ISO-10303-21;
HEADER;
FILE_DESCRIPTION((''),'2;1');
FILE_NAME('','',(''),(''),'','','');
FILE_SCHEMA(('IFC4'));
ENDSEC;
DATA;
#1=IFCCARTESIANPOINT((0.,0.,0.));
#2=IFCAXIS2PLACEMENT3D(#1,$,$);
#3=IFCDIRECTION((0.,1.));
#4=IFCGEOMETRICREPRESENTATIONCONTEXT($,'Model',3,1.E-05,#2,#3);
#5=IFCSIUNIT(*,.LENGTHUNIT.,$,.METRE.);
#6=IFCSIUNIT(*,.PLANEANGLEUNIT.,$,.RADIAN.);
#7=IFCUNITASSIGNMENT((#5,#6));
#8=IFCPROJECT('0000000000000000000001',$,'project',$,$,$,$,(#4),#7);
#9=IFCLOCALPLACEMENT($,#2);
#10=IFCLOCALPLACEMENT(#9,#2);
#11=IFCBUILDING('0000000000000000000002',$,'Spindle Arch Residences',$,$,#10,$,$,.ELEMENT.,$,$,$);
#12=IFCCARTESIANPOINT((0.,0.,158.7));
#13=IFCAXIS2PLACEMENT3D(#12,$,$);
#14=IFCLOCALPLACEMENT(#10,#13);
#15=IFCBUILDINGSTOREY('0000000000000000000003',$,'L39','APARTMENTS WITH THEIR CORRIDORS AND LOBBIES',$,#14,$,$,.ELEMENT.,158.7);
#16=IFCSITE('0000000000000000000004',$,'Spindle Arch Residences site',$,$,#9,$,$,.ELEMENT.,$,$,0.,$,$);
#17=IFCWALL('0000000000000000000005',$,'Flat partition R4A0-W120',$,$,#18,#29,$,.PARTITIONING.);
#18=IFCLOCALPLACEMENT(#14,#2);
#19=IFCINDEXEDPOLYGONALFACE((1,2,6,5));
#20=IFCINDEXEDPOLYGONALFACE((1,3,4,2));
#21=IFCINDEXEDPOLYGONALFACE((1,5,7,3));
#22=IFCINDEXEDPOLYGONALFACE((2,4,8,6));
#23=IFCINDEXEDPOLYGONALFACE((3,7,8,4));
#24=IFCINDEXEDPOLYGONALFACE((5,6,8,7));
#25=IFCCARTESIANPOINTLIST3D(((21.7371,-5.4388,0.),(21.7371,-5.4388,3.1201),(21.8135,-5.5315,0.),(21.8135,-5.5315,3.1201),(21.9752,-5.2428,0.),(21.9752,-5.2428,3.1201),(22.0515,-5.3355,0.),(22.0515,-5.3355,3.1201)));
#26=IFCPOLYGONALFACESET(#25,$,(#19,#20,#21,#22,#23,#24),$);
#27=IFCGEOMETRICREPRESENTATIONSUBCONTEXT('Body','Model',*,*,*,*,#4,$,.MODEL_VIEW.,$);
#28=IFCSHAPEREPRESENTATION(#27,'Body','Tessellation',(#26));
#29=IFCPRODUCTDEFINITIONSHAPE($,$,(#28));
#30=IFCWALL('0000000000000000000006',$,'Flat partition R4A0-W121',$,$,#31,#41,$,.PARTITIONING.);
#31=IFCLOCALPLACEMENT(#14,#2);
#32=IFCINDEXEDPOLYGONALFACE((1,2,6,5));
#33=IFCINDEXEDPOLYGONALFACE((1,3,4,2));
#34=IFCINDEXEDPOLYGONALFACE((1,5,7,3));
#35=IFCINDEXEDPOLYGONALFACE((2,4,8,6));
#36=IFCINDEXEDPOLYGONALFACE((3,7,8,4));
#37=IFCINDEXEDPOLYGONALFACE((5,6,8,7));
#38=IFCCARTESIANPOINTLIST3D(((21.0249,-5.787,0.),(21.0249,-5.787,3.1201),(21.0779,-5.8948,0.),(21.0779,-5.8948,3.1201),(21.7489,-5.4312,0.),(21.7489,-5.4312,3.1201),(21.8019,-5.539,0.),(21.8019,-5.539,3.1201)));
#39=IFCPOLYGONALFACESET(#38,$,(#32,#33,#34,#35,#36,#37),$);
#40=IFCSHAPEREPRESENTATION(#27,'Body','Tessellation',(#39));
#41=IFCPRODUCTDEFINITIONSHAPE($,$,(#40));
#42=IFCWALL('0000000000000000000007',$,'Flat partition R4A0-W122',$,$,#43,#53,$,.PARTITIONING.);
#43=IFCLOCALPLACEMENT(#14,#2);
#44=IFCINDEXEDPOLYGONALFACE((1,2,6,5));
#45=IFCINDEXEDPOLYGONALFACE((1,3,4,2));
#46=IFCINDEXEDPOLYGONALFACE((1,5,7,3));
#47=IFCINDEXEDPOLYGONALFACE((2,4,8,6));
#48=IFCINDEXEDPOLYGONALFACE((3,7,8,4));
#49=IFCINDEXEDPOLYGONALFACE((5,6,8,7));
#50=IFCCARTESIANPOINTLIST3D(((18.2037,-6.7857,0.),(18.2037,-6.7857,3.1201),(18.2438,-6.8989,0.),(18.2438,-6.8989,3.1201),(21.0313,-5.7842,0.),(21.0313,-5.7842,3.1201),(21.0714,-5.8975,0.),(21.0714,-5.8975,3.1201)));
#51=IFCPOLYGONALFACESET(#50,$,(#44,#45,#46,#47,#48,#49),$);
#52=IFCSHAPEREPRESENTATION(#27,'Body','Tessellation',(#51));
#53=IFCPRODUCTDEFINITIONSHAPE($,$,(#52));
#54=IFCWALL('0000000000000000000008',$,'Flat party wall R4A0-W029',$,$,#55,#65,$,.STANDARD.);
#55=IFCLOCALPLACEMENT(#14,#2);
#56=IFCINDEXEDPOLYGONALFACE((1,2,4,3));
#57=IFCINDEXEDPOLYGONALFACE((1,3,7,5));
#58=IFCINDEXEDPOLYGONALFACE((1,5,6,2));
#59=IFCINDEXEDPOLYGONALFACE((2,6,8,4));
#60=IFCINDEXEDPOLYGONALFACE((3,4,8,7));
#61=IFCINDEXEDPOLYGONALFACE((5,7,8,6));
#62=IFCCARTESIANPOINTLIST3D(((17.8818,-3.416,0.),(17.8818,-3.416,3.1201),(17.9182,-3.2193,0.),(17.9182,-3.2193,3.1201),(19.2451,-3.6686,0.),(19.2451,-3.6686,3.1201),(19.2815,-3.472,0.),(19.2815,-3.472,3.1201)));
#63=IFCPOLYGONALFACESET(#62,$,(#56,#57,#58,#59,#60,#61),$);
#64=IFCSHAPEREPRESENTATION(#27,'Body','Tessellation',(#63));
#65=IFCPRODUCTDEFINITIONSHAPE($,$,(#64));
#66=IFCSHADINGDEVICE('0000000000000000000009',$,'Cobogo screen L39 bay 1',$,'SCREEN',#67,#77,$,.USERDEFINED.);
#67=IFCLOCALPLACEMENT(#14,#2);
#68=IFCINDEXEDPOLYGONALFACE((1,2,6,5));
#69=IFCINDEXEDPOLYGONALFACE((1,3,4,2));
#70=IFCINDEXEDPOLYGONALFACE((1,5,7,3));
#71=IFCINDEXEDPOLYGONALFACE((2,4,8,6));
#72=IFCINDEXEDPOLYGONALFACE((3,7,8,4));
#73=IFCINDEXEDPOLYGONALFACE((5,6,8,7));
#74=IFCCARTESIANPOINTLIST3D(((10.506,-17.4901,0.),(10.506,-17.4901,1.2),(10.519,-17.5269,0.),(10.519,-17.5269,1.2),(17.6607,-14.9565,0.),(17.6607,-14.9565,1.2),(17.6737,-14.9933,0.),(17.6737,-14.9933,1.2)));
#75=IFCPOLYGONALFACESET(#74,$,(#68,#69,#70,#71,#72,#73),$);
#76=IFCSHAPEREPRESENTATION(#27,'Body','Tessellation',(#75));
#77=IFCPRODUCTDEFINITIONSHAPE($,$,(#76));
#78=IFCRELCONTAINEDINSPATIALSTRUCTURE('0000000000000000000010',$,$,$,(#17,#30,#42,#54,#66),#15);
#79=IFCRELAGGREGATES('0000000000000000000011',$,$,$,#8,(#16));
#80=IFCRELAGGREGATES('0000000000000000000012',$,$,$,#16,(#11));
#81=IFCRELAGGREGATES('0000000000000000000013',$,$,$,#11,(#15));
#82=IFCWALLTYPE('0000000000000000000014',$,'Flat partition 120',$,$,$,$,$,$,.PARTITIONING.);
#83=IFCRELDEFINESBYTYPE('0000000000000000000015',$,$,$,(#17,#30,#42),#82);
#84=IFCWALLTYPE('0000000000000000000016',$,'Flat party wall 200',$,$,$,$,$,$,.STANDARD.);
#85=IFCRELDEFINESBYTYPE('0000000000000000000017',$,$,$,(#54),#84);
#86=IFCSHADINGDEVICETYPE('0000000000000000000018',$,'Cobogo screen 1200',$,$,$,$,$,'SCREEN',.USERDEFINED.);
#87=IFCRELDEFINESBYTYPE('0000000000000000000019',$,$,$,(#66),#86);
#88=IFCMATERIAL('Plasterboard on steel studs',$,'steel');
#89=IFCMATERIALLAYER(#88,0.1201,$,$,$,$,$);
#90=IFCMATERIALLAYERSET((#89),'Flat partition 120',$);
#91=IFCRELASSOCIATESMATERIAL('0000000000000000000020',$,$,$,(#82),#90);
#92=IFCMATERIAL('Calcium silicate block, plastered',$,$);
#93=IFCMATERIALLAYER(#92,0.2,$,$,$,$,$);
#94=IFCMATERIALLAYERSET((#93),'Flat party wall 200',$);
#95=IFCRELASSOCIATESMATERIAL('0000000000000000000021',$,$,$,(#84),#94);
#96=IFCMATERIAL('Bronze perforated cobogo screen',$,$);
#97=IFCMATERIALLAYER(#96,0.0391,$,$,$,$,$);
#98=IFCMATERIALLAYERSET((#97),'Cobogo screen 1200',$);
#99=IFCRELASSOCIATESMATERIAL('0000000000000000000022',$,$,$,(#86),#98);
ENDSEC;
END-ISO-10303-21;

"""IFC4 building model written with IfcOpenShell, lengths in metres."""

from ifc_helpers import new_model, si_unit, direction, frame, frame_2d, origin, origin_2d, place, context, subcontext, project, spatial, rectangle, extrude, material, layer, layer_set, type_object, element, save


model = new_model("IFC4")

# Units and contexts
model_context = context("Model", 3, precision=1e-05, world=origin(), true_north=direction((0.0, 1.0)))
body_context = subcontext(model_context, "Body", "Model", "MODEL_VIEW")
ifc_project = project(units=[si_unit("LENGTHUNIT", "METRE"), si_unit("PLANEANGLEUNIT", "RADIAN")], contexts=[model_context])

# Site, building, storey
site_placement = place(None, origin())
site = spatial("IfcSite", under=ifc_project, at=site_placement, Name="Spindle Arch Residences site", CompositionType="ELEMENT", RefElevation=0.0)
building_placement = place(site_placement, origin())
building = spatial("IfcBuilding", under=site, at=building_placement, Name="Spindle Arch Residences", CompositionType="ELEMENT")
storey_placement = place(building_placement, frame((0.0, 0.0, 158.7)))
storey = spatial("IfcBuildingStorey", under=building, at=storey_placement, Name="L39", Description="APARTMENTS WITH THEIR CORRIDORS AND LOBBIES", CompositionType="ELEMENT", Elevation=158.7)

# Shared definitions
ifc_material_1 = material(Name="Plasterboard on steel studs", Category="steel")
ifc_layer_1 = layer(ifc_material_1, 0.1201)
ifc_layer_set_1 = layer_set([ifc_layer_1], Name="Flat partition 120")
wall_type_1 = type_object("IfcWallType", Name="Flat partition 120", PredefinedType="PARTITIONING", material=ifc_layer_set_1)

# Walls
wall_1_placement = place(storey_placement, frame((22.0134, -5.2891, 0.0), z_axis=(0.0, 0.0, 1.0), x_axis=(-0.771907, -0.635735, 0.0)))
element("IfcWall", 1, at=wall_1_placement, inside=storey, type_object=wall_type_1, Name="Flat partition R4A0-W120", PredefinedType="PARTITIONING", context=body_context, shape_type="SweptSolid", body=[
    extrude(rectangle(XDim=0.3083, YDim=0.1201, at=frame_2d((0.1543, 0.0))), origin(), (0.0, 0.0, 1.0), 3.1201),
])
wall_2_placement = place(storey_placement, frame((21.7754, -5.4851, 0.0), z_axis=(0.0, 0.0, 1.0), x_axis=(-0.897493, -0.441028, 0.0)))
element("IfcWall", 2, at=wall_2_placement, inside=storey, type_object=wall_type_1, Name="Flat partition R4A0-W121", PredefinedType="PARTITIONING", context=body_context, shape_type="SweptSolid", body=[
    extrude(rectangle(XDim=0.8066, YDim=0.1201, at=frame_2d((0.4033, 0.0))), origin(), (0.0, 0.0, 1.0), 3.1201),
])
wall_3_placement = place(storey_placement, frame((21.0515, -5.8408, 0.0), z_axis=(0.0, 0.0, 1.0), x_axis=(-0.942626, -0.33385, 0.0)))
element("IfcWall", 3, at=wall_3_placement, inside=storey, type_object=wall_type_1, Name="Flat partition R4A0-W122", PredefinedType="PARTITIONING", context=body_context, shape_type="SweptSolid", body=[
    extrude(rectangle(XDim=2.9998, YDim=0.1201, at=frame_2d((1.5, 0.0))), origin(), (0.0, 0.0, 1.0), 3.1201),
])
ifc_material_2 = material(Name="Calcium silicate block, plastered")
ifc_layer_2 = layer(ifc_material_2, 0.2)
ifc_layer_set_2 = layer_set([ifc_layer_2], Name="Flat party wall 200")
wall_type_2 = type_object("IfcWallType", Name="Flat party wall 200", PredefinedType="STANDARD", material=ifc_layer_set_2)
wall_4_placement = place(storey_placement, frame((17.8999, -3.3176, 0.0), z_axis=(0.0, 0.0, 1.0), x_axis=(0.983253, -0.182247, 0.0)))
element("IfcWall", 4, at=wall_4_placement, inside=storey, type_object=wall_type_2, Name="Flat party wall R4A0-W029", PredefinedType="STANDARD", context=body_context, shape_type="SweptSolid", body=[
    extrude(rectangle(XDim=1.3865, YDim=0.2, at=frame_2d((0.6934, 0.0))), origin(), (0.0, 0.0, 1.0), 3.1201),
])

# Shading device
ifc_material_3 = material(Name="Bronze perforated cobogo screen")
ifc_layer_3 = layer(ifc_material_3, 0.0391)
ifc_layer_set_3 = layer_set([ifc_layer_3], Name="Cobogo screen 1200")
shading_device_type = type_object("IfcShadingDeviceType", Name="Cobogo screen 1200", ElementType="SCREEN", PredefinedType="USERDEFINED", material=ifc_layer_set_3)
shading_device_placement = place(storey_placement, frame((14.0898, -16.2417, 0.0), z_axis=(0.0, 0.0, 1.0), x_axis=(0.942641, 0.333807, 0.0)))
element("IfcShadingDevice", 5, at=shading_device_placement, inside=storey, type_object=shading_device_type, Name="Cobogo screen L39 bay 1", ObjectType="SCREEN", PredefinedType="USERDEFINED", context=body_context, shape_type="SweptSolid", body=[
    extrude(rectangle(XDim=7.5901, YDim=0.0391, at=origin_2d()), origin(), (0.0, 0.0, 1.0), 1.2),
])

save(model, "model.ifc")
